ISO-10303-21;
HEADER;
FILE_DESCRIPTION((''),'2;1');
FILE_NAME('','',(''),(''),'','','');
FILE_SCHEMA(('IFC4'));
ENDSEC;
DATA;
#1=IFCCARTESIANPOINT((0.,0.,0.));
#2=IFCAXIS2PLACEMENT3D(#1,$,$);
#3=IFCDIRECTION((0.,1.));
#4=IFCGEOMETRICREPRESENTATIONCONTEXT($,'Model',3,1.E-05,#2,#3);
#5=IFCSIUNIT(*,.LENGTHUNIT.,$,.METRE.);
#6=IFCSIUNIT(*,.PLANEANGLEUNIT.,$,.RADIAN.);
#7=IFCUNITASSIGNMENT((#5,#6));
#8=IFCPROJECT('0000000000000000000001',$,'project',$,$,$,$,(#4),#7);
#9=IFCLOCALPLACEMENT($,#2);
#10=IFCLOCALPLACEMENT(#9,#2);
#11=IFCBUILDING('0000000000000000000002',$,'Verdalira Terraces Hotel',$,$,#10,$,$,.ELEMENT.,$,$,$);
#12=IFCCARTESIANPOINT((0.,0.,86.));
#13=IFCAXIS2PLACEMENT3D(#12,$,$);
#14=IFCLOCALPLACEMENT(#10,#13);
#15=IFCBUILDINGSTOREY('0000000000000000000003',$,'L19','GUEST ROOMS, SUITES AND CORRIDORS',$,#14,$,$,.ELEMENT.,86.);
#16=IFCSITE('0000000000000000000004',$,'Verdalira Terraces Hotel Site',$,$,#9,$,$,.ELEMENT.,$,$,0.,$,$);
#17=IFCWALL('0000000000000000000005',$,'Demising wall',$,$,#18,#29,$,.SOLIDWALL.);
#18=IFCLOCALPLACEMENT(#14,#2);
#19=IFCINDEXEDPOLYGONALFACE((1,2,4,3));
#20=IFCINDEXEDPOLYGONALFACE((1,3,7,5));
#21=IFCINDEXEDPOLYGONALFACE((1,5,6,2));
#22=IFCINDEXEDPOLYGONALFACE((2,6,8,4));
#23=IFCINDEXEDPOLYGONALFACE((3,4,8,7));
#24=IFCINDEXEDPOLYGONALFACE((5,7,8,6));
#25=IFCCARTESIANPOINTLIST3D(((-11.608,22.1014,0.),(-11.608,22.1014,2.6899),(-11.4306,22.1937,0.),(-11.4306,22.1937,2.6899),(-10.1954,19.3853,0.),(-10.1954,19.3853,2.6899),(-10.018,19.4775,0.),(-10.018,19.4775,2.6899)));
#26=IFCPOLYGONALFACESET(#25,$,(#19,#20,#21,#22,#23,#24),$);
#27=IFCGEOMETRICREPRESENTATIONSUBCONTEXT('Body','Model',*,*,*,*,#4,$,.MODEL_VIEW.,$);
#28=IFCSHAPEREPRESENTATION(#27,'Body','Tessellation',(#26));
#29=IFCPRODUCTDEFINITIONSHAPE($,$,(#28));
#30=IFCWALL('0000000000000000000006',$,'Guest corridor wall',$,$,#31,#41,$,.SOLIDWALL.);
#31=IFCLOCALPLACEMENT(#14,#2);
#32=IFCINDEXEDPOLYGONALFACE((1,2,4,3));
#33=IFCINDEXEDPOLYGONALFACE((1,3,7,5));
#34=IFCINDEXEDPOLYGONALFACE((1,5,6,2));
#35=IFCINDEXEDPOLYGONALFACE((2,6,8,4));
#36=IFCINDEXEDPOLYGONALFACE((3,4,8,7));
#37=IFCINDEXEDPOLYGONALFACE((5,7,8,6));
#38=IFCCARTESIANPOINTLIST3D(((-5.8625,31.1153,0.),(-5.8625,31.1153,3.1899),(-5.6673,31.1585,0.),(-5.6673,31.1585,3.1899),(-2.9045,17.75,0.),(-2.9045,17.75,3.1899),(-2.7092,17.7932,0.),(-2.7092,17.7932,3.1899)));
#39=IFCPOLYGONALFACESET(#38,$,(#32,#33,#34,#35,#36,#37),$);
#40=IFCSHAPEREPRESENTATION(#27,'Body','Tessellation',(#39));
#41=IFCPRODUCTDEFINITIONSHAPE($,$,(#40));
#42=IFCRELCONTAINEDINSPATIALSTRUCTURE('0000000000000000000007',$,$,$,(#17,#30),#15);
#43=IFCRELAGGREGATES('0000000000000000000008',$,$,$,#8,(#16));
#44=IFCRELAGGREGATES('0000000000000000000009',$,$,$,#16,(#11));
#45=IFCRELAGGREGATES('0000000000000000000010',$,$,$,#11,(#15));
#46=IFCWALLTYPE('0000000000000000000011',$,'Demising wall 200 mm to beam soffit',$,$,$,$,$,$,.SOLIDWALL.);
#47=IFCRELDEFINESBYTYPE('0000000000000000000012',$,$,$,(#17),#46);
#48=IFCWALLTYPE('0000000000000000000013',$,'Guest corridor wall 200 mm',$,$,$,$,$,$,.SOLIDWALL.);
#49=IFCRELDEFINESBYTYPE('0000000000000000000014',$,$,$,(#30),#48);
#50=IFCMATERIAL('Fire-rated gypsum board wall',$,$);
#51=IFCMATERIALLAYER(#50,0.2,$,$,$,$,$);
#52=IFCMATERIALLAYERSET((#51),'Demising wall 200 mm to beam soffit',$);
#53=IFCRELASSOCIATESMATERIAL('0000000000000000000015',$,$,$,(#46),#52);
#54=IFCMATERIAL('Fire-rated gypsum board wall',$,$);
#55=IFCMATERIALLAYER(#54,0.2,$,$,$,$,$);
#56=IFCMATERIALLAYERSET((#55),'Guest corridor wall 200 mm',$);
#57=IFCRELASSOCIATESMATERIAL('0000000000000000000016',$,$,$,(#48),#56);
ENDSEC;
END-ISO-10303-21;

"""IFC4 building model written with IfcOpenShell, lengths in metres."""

from ifc_helpers import new_model, si_unit, direction, frame, frame_2d, origin, place, context, subcontext, project, spatial, rectangle, extrude, material, layer, layer_set, type_object, element, save


model = new_model("IFC4")

# Units and contexts
model_context = context("Model", 3, precision=1e-05, world=origin(), true_north=direction((0.0, 1.0)))
body_context = subcontext(model_context, "Body", "Model", "MODEL_VIEW")
ifc_project = project(units=[si_unit("LENGTHUNIT", "METRE"), si_unit("PLANEANGLEUNIT", "RADIAN")], contexts=[model_context])

# Site, building, storey
site_placement = place(None, origin())
site = spatial("IfcSite", under=ifc_project, at=site_placement, Name="Verdalira Terraces Hotel Site", CompositionType="ELEMENT", RefElevation=0.0)
building_placement = place(site_placement, origin())
building = spatial("IfcBuilding", under=site, at=building_placement, Name="Verdalira Terraces Hotel", CompositionType="ELEMENT")
storey_placement = place(building_placement, frame((0.0, 0.0, 86.0)))
storey = spatial("IfcBuildingStorey", under=building, at=storey_placement, Name="L19", Description="GUEST ROOMS, SUITES AND CORRIDORS", CompositionType="ELEMENT", Elevation=86.0)

# Walls
ifc_material_1 = material(Name="Fire-rated gypsum board wall")
ifc_layer_1 = layer(ifc_material_1, 0.2)
ifc_layer_set_1 = layer_set([ifc_layer_1], Name="Demising wall 200 mm to beam soffit")
wall_type_1 = type_object("IfcWallType", Name="Demising wall 200 mm to beam soffit", PredefinedType="SOLIDWALL", material=ifc_layer_set_1)
wall_1_placement = place(storey_placement, frame((-10.1067, 19.4314, 0.0), z_axis=(0.0, 0.0, 1.0), x_axis=(-0.461416, 0.887184, 0.0)))
element("IfcWall", 1, at=wall_1_placement, inside=storey, type_object=wall_type_1, Name="Demising wall", PredefinedType="SOLIDWALL", context=body_context, shape_type="SweptSolid", body=[
    extrude(rectangle(XDim=3.0615, YDim=0.2, at=frame_2d((1.5308, 0.0))), origin(), (0.0, 0.0, 1.0), 2.6899),
])
ifc_material_2 = material(Name="Fire-rated gypsum board wall")
ifc_layer_2 = layer(ifc_material_2, 0.2)
ifc_layer_set_2 = layer_set([ifc_layer_2], Name="Guest corridor wall 200 mm")
wall_type_2 = type_object("IfcWallType", Name="Guest corridor wall 200 mm", PredefinedType="SOLIDWALL", material=ifc_layer_set_2)
wall_2_placement = place(storey_placement, frame((-2.8069, 17.7717, 0.0), z_axis=(0.0, 0.0, 1.0), x_axis=(-0.216092, 0.976373, 0.0)))
element("IfcWall", 2, at=wall_2_placement, inside=storey, type_object=wall_type_2, Name="Guest corridor wall", PredefinedType="SOLIDWALL", context=body_context, shape_type="SweptSolid", body=[
    extrude(rectangle(XDim=13.6887, YDim=0.2, at=frame_2d((6.8442, 0.0))), origin(), (0.0, 0.0, 1.0), 3.1899),
])

save(model, "model.ifc")
